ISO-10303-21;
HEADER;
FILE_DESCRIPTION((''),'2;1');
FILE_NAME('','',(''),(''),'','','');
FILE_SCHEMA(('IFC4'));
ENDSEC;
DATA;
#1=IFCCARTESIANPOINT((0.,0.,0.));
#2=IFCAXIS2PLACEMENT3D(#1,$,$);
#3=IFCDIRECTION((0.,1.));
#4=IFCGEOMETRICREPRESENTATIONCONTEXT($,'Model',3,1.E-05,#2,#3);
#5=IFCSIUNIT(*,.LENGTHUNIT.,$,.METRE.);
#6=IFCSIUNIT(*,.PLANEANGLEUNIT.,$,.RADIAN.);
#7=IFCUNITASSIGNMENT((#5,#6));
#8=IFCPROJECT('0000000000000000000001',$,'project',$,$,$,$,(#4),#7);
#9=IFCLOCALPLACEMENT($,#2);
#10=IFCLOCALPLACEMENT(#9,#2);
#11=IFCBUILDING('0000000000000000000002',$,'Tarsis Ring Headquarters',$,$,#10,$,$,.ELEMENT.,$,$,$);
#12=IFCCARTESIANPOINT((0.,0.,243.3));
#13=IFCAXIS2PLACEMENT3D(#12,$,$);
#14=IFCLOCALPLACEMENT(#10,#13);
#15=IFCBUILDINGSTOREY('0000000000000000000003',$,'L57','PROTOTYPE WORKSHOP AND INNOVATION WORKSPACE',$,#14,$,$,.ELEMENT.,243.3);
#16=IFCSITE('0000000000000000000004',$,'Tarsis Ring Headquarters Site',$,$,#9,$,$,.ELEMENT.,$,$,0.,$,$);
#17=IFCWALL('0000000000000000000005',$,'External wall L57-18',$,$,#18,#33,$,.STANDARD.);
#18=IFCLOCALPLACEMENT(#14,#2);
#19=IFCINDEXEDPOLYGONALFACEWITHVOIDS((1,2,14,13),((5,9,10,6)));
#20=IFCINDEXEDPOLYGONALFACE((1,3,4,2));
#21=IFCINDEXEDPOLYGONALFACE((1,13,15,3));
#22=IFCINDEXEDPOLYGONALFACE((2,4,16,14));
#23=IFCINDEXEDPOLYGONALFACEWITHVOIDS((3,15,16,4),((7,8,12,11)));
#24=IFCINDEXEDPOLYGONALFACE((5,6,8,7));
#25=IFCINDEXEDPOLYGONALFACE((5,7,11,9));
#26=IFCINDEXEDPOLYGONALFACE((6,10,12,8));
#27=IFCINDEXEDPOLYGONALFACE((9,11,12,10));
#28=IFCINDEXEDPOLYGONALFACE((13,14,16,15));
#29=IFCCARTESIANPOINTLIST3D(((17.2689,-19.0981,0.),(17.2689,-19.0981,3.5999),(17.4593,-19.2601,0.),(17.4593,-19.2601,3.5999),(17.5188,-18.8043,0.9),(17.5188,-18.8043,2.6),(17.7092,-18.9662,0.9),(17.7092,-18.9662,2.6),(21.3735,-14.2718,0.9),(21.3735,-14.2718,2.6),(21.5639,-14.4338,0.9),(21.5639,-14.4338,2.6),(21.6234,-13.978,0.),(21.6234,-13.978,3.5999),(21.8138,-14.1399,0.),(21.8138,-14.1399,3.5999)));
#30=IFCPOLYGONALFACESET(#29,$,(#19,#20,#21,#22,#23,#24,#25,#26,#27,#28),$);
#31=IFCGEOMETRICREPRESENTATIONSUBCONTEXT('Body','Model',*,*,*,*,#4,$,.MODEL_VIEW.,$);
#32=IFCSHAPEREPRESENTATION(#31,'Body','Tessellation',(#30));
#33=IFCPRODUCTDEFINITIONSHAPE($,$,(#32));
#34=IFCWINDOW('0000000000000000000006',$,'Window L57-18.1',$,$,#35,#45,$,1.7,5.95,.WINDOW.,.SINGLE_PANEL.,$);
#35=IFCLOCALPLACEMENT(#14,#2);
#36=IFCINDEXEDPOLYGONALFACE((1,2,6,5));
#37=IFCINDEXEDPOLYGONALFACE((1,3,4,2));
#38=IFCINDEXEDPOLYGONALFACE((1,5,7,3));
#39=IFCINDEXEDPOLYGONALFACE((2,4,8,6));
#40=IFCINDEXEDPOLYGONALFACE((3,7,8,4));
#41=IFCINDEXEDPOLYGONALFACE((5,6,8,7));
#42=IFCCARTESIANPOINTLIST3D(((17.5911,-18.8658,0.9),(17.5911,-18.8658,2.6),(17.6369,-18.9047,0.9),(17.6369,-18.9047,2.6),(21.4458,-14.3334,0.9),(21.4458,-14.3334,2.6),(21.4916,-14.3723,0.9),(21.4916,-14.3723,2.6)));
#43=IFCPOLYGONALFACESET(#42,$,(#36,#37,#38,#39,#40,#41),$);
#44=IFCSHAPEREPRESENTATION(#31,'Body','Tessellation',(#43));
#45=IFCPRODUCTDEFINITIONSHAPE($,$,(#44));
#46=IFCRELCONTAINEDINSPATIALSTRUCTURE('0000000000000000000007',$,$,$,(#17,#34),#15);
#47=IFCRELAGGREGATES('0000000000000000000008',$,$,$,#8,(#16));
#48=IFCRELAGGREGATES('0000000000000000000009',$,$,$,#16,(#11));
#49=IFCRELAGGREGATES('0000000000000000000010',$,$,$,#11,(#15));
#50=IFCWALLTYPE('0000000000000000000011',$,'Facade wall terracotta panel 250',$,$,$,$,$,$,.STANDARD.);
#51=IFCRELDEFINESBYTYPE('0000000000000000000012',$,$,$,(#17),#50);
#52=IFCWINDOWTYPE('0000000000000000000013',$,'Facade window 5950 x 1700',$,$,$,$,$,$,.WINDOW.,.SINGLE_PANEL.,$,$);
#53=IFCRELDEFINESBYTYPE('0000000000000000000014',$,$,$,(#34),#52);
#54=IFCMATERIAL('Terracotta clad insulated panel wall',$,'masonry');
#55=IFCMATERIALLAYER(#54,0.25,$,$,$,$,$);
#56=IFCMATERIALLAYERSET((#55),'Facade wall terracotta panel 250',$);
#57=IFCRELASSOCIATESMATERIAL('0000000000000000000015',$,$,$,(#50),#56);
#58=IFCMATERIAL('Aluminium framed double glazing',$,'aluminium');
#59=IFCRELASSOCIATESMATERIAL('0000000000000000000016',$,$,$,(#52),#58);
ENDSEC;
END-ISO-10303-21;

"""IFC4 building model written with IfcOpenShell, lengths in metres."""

from ifc_helpers import new_model, si_unit, direction, frame, frame_2d, origin, place, context, subcontext, project, spatial, rectangle, extrude, material, layer, layer_set, type_object, element, fill, save


model = new_model("IFC4")

# Units and contexts
model_context = context("Model", 3, precision=1e-05, world=origin(), true_north=direction((0.0, 1.0)))
body_context = subcontext(model_context, "Body", "Model", "MODEL_VIEW")
ifc_project = project(units=[si_unit("LENGTHUNIT", "METRE"), si_unit("PLANEANGLEUNIT", "RADIAN")], contexts=[model_context])

# Site, building, storey
site_placement = place(None, origin())
site = spatial("IfcSite", under=ifc_project, at=site_placement, Name="Tarsis Ring Headquarters Site", CompositionType="ELEMENT", RefElevation=0.0)
building_placement = place(site_placement, origin())
building = spatial("IfcBuilding", under=site, at=building_placement, Name="Tarsis Ring Headquarters", CompositionType="ELEMENT")
storey_placement = place(building_placement, frame((0.0, 0.0, 243.3)))
storey = spatial("IfcBuildingStorey", under=building, at=storey_placement, Name="L57", Description="PROTOTYPE WORKSHOP AND INNOVATION WORKSPACE", CompositionType="ELEMENT", Elevation=243.3)

# Wall, opening, window
ifc_material_1 = material(Name="Terracotta clad insulated panel wall", Category="masonry")
ifc_layer_1 = layer(ifc_material_1, 0.25)
ifc_layer_set_1 = layer_set([ifc_layer_1], Name="Facade wall terracotta panel 250")
wall_type_1 = type_object("IfcWallType", Name="Facade wall terracotta panel 250", PredefinedType="STANDARD", material=ifc_layer_set_1)
ifc_material_2 = material(Name="Aluminium framed double glazing", Category="aluminium")
wall_1_placement = place(storey_placement, frame((17.364, -19.1792, 0.0), z_axis=(0.0, 0.0, 1.0), x_axis=(0.647855, 0.761764, 0.0)))
wall_1 = element("IfcWall", 1, at=wall_1_placement, inside=storey, type_object=wall_type_1, Name="External wall L57-18", PredefinedType="STANDARD", context=body_context, shape_type="SweptSolid", body=[
    extrude(rectangle(XDim=6.7214, YDim=0.25, at=frame_2d((3.3608, 0.0))), origin(), (0.0, 0.0, 1.0), 3.5999),
])
opening_1_placement = place(wall_1_placement, frame((0.3857, 0.0, 0.8999)))
opening_1 = element("IfcOpeningElement", 2, at=opening_1_placement, cuts=wall_1, PredefinedType="OPENING", context=body_context, shape_type="SweptSolid", body=[
    extrude(rectangle(XDim=5.95, YDim=1.7, at=frame_2d((2.9751, 0.8501))), frame((0.0, 0.135, 0.0), z_axis=(0.0, -1.0, 0.0), x_axis=(1.0, 0.0, 0.0)), (0.0, 0.0, 1.0), 0.27),
])
window_type_1 = type_object("IfcWindowType", Name="Facade window 5950 x 1700", PartitioningType="SINGLE_PANEL", PredefinedType="WINDOW", material=ifc_material_2)
window_1_placement = place(opening_1_placement, origin())
window_1 = element("IfcWindow", 3, at=window_1_placement, inside=storey, type_object=window_type_1, Name="Window L57-18.1", OverallHeight=1.7, OverallWidth=5.95, PartitioningType="SINGLE_PANEL", PredefinedType="WINDOW", context=body_context, shape_type="SweptSolid", body=[
    extrude(rectangle(XDim=5.95, YDim=1.7, at=frame_2d((2.9751, 0.8501))), frame((0.0, 0.03, 0.0), z_axis=(0.0, -1.0, 0.0), x_axis=(1.0, 0.0, 0.0)), (0.0, 0.0, 1.0), 0.0601),
])
fill(opening_1, window_1)

save(model, "model.ifc")
